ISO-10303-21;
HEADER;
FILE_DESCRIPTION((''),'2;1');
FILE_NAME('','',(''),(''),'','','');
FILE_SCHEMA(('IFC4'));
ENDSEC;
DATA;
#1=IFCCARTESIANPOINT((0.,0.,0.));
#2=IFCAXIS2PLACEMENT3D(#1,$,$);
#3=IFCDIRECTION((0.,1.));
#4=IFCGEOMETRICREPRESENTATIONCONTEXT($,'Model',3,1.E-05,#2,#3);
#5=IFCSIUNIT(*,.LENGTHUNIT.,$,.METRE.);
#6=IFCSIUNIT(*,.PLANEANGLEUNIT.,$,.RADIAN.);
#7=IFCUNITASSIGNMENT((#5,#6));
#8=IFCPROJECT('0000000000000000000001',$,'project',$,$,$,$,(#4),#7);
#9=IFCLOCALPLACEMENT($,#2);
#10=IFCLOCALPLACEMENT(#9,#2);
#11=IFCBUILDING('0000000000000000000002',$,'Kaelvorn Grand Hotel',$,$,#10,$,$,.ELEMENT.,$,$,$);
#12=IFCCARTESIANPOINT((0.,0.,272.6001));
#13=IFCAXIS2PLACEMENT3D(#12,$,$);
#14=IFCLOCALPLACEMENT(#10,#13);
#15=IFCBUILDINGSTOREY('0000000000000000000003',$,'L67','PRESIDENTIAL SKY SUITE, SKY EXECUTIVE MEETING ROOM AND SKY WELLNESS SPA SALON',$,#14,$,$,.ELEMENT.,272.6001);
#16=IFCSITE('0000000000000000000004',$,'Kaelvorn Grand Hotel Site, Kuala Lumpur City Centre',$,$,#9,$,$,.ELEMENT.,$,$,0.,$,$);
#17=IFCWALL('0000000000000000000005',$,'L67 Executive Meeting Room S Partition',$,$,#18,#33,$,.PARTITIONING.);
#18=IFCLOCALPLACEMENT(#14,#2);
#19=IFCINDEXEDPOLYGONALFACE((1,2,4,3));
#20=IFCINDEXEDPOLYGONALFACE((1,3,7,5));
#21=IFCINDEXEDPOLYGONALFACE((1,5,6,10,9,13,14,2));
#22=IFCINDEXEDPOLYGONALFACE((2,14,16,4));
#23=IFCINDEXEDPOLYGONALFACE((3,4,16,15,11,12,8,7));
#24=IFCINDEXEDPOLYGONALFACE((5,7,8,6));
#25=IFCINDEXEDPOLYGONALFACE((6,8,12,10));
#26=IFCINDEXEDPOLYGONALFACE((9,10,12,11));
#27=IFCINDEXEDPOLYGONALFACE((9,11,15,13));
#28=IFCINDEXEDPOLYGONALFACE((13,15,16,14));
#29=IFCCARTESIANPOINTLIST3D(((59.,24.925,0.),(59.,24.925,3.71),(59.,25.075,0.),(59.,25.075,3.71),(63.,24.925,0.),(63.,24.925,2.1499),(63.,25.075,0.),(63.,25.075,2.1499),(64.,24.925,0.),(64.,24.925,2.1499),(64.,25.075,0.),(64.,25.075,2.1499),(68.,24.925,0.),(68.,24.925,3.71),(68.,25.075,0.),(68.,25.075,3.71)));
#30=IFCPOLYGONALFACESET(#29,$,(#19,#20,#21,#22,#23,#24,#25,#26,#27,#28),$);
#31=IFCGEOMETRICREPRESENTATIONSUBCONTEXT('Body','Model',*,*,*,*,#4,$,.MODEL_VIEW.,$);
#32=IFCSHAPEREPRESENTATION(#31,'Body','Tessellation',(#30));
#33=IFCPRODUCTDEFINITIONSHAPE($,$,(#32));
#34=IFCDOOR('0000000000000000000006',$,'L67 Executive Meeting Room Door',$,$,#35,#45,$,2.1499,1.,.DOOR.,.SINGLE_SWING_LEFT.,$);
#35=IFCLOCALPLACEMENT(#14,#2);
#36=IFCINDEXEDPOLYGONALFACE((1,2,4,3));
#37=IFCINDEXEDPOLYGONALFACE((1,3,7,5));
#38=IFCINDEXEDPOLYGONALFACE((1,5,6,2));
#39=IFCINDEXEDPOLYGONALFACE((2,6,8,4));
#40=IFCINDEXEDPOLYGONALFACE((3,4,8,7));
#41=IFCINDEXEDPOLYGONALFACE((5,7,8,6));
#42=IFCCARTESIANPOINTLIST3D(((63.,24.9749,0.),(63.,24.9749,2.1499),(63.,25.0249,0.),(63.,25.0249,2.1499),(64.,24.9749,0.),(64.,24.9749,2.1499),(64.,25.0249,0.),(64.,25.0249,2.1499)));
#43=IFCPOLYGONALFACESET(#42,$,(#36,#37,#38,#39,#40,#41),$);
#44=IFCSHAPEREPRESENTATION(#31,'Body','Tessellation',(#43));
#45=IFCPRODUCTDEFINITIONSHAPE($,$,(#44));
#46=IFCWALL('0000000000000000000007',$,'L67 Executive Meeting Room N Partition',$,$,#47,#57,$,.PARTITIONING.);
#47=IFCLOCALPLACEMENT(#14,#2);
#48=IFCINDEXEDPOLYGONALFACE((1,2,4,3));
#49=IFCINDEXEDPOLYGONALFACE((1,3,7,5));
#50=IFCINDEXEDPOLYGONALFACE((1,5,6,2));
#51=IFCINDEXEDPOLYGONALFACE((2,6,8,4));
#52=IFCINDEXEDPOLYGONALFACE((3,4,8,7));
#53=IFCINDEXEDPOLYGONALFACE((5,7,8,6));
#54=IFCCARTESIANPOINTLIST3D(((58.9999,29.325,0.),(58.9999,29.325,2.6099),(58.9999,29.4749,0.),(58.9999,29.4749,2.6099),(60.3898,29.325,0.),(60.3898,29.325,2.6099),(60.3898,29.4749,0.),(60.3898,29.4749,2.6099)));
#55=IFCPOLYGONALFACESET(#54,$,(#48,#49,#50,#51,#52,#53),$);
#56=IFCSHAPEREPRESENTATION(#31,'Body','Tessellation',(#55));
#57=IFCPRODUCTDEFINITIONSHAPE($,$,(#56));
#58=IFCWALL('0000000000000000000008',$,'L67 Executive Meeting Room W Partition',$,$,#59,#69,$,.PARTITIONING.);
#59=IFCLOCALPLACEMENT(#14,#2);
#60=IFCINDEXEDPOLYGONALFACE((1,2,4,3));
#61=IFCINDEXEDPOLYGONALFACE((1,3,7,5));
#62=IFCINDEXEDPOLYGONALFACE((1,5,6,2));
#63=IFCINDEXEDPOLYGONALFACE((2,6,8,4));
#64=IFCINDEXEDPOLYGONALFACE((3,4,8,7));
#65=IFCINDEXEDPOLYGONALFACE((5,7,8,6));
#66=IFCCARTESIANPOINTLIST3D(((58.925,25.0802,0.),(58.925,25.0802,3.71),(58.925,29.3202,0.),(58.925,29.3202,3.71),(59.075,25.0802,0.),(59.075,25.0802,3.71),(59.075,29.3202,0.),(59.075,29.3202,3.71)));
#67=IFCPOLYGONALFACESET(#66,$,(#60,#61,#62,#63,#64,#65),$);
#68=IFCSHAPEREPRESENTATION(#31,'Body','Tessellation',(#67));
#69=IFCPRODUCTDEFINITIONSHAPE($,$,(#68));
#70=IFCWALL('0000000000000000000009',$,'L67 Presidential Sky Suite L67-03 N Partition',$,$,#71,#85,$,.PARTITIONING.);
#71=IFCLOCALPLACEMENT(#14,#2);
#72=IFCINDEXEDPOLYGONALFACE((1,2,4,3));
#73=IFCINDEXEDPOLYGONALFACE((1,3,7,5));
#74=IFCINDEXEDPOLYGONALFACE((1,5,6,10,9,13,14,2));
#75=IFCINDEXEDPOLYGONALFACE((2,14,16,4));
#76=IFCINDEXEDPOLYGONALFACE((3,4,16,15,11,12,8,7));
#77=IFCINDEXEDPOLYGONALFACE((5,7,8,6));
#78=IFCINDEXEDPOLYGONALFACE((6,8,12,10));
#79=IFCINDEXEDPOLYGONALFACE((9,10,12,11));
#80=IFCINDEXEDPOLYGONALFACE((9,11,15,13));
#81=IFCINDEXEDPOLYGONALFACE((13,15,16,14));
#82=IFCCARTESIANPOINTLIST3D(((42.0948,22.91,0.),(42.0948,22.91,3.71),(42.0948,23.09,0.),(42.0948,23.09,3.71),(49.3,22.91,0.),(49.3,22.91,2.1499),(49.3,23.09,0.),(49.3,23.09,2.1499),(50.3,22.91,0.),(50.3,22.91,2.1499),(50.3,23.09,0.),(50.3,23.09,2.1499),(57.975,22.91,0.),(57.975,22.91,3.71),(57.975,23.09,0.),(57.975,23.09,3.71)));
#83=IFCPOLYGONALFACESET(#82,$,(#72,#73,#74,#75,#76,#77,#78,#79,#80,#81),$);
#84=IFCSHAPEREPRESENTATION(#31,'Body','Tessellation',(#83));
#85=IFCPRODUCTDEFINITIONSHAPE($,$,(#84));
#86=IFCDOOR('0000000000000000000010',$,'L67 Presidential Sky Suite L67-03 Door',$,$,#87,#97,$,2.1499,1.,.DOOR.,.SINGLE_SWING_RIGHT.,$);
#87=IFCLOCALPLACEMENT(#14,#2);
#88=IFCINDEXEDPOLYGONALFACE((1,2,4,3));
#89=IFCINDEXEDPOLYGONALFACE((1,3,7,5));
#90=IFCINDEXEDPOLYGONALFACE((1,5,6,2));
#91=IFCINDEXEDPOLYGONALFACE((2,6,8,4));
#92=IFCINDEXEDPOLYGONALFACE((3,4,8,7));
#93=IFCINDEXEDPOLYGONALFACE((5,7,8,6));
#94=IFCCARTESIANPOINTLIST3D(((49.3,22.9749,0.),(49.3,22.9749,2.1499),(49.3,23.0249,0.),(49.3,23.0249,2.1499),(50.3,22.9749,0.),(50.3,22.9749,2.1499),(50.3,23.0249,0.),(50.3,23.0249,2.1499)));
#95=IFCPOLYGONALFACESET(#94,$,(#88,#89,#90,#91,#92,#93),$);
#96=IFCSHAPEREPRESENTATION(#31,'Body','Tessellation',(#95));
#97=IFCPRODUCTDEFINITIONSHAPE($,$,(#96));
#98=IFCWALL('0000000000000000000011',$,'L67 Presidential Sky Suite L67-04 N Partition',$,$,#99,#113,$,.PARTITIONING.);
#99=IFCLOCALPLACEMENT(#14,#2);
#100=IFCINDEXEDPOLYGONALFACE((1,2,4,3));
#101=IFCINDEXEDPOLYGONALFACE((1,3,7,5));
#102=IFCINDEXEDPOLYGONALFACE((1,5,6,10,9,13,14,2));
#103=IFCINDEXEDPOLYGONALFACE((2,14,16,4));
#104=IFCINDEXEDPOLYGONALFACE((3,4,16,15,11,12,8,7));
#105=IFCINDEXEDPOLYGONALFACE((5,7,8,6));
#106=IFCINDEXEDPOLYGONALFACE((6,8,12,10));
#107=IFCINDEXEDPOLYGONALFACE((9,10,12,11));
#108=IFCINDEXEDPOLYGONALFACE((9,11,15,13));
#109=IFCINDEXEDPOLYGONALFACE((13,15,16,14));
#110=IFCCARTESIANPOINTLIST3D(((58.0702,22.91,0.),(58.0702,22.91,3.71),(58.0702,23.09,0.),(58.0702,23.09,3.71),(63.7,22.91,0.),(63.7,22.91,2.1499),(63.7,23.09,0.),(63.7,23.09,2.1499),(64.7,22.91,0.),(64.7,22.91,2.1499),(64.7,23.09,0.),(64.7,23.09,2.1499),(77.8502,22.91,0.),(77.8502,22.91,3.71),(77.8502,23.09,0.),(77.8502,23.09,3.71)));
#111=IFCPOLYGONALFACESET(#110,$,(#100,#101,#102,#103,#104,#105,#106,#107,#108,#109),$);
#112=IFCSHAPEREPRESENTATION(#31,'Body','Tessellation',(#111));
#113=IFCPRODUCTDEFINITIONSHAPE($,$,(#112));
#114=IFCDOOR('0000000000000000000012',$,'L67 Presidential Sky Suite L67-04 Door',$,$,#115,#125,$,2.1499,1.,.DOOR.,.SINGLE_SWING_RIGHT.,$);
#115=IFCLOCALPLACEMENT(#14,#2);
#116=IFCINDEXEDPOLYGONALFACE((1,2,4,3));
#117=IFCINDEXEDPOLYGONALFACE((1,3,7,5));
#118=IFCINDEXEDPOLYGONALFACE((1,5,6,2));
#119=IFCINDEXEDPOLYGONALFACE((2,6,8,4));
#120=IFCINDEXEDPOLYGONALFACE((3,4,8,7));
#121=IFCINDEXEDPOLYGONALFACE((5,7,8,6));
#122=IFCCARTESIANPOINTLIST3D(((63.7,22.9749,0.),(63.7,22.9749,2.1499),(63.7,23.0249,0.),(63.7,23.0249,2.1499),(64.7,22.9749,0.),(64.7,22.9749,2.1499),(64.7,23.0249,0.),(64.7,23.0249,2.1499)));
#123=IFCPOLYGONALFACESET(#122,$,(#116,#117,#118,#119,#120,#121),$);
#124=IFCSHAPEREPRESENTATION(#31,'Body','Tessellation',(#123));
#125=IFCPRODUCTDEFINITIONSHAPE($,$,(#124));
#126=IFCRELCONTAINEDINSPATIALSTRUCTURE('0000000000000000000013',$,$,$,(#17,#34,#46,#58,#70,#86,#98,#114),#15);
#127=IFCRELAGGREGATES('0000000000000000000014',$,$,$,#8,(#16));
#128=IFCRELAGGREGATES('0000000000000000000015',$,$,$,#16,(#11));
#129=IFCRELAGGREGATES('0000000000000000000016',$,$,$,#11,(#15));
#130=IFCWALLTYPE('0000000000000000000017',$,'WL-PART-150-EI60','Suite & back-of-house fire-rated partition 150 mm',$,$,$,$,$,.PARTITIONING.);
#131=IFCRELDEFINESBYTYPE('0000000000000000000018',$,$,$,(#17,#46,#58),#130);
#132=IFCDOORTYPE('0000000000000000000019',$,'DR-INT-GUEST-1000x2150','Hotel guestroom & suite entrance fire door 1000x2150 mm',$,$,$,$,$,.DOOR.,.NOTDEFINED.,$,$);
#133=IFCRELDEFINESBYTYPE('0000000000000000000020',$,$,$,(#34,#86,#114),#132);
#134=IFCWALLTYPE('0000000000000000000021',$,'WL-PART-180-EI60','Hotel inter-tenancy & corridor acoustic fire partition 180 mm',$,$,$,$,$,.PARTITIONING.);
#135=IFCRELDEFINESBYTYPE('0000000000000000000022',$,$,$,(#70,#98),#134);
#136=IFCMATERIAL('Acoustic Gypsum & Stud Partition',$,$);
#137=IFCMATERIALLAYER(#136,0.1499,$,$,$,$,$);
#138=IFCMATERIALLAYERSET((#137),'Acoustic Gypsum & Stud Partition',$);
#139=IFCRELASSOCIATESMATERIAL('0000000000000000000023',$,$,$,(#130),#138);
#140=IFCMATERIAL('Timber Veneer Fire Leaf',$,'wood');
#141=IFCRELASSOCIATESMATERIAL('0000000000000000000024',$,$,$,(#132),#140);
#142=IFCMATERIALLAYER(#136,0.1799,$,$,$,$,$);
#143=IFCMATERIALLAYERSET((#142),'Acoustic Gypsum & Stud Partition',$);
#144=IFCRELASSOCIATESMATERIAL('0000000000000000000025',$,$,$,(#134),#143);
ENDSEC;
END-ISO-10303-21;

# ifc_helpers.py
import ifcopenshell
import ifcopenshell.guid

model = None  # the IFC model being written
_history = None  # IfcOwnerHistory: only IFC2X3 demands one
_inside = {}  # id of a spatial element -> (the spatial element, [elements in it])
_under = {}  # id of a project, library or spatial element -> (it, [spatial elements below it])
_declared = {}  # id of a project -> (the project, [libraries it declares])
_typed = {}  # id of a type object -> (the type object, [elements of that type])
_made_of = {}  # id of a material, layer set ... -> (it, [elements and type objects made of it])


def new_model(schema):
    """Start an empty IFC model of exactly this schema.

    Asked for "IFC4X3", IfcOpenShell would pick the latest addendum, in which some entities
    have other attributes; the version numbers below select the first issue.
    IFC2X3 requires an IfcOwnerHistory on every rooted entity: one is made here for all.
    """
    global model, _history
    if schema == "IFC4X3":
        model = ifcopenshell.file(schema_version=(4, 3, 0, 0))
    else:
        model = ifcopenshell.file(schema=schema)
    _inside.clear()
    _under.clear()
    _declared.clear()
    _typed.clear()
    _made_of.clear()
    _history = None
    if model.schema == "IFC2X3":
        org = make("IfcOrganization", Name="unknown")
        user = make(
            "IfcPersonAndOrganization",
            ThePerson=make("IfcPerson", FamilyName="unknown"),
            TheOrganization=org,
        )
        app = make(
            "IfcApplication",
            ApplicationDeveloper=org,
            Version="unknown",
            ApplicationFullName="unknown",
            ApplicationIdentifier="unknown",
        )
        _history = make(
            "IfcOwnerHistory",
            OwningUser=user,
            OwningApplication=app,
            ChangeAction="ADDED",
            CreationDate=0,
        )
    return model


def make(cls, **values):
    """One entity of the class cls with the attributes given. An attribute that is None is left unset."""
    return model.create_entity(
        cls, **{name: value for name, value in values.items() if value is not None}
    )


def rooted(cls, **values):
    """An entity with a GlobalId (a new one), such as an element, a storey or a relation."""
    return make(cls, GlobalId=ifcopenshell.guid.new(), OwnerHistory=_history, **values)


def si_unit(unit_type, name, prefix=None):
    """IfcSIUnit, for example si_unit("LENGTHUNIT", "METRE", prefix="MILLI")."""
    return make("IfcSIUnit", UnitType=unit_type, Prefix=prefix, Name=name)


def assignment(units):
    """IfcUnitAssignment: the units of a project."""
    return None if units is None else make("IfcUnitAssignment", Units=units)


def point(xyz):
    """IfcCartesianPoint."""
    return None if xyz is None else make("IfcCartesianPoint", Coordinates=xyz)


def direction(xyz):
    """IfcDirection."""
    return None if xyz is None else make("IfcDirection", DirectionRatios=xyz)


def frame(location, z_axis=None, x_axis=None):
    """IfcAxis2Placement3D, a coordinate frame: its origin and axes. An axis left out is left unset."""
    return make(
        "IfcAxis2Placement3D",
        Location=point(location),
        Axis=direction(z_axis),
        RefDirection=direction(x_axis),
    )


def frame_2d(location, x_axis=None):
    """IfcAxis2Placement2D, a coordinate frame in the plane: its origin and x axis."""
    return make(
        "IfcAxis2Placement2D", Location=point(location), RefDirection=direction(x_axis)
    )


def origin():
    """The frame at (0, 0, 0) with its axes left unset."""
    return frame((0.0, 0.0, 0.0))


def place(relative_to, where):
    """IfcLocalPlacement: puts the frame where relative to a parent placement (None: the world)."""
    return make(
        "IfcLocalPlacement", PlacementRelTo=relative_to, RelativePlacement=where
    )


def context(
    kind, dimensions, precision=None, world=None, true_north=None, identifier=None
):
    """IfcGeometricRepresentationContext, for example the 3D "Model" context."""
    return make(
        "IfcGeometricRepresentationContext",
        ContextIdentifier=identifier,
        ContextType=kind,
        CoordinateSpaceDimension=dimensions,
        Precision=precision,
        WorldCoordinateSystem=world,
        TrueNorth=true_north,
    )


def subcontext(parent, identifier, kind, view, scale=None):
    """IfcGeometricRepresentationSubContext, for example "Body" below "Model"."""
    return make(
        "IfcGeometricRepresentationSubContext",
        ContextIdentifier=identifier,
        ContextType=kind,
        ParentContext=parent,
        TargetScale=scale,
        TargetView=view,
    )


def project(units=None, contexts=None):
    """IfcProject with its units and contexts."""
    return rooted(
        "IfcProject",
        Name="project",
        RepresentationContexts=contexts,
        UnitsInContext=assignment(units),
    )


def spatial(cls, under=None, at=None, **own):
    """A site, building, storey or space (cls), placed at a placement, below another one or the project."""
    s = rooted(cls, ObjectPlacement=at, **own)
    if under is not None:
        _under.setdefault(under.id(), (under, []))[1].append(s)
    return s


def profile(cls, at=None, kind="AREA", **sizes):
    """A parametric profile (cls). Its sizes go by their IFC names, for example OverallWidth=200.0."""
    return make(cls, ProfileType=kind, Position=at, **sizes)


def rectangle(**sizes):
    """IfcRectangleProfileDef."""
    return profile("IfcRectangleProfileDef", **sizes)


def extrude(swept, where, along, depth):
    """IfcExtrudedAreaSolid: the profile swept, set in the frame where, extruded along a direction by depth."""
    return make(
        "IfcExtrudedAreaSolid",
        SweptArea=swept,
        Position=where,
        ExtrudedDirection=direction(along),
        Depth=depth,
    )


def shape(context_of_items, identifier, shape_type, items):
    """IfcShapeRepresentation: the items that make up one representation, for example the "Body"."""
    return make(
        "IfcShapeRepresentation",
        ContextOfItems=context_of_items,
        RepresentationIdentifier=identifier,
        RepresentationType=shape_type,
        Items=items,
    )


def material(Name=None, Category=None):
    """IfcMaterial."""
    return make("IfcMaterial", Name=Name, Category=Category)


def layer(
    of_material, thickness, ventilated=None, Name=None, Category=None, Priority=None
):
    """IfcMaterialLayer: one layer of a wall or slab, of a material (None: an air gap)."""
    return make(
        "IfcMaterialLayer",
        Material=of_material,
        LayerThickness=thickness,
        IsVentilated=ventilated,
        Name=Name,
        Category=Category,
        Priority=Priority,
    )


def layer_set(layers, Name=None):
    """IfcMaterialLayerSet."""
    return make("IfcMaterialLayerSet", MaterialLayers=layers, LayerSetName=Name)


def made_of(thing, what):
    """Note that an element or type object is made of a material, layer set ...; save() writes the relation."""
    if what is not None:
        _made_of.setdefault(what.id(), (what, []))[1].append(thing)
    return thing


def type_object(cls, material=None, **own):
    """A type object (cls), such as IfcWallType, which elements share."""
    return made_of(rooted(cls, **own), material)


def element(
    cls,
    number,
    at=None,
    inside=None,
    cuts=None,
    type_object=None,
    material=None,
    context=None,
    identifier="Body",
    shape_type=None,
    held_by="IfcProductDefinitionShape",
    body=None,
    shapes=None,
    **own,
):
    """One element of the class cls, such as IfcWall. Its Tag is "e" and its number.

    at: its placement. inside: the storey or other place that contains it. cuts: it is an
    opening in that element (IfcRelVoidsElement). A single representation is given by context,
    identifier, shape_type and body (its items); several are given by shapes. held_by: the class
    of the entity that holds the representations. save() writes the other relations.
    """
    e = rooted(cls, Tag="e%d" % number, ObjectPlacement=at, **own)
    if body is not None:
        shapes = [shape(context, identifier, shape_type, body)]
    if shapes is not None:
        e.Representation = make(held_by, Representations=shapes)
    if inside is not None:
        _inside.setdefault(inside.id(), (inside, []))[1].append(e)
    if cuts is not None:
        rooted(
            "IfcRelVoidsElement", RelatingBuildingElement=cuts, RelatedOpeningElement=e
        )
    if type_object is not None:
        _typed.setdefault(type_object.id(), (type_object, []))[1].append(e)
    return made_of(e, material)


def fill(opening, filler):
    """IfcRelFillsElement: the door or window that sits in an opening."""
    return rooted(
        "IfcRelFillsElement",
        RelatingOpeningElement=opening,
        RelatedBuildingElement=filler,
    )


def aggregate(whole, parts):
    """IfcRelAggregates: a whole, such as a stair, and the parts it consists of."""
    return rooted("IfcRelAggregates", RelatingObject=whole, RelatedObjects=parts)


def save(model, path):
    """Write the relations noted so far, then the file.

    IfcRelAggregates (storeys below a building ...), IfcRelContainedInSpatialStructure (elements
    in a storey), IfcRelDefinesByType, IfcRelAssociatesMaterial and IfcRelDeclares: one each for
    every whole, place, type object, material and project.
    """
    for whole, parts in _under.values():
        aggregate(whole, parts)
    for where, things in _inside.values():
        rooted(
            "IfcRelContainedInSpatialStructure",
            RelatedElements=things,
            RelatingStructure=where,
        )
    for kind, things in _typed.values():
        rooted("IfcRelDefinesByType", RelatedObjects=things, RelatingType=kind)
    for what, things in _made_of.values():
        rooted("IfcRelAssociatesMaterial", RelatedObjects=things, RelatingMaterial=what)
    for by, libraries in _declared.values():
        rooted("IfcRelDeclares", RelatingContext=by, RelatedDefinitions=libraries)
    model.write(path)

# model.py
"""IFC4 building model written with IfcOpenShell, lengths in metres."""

from ifc_helpers import new_model, si_unit, direction, frame, frame_2d, origin, place, context, subcontext, project, spatial, rectangle, extrude, material, layer, layer_set, type_object, element, fill, save


model = new_model("IFC4")

# Units and contexts
model_context = context("Model", 3, precision=1e-05, world=origin(), true_north=direction((0.0, 1.0)))
body_context = subcontext(model_context, "Body", "Model", "MODEL_VIEW")
ifc_project = project(units=[si_unit("LENGTHUNIT", "METRE"), si_unit("PLANEANGLEUNIT", "RADIAN")], contexts=[model_context])

# Site, building, storey
site_placement = place(None, origin())
site = spatial("IfcSite", under=ifc_project, at=site_placement, Name="Kaelvorn Grand Hotel Site, Kuala Lumpur City Centre", CompositionType="ELEMENT", RefElevation=0.0)
building_placement = place(site_placement, origin())
building = spatial("IfcBuilding", under=site, at=building_placement, Name="Kaelvorn Grand Hotel", CompositionType="ELEMENT")
storey_placement = place(building_placement, frame((0.0, 0.0, 272.6001)))
storey = spatial("IfcBuildingStorey", under=building, at=storey_placement, Name="L67", Description="PRESIDENTIAL SKY SUITE, SKY EXECUTIVE MEETING ROOM AND SKY WELLNESS SPA SALON", CompositionType="ELEMENT", Elevation=272.6001)

# Shared definitions
ifc_material_1 = material(Name="Acoustic Gypsum & Stud Partition")
ifc_layer_1 = layer(ifc_material_1, 0.1499)
ifc_layer_set_1 = layer_set([ifc_layer_1], Name="Acoustic Gypsum & Stud Partition")
wall_type_1 = type_object("IfcWallType", Name="WL-PART-150-EI60", Description="Suite & back-of-house fire-rated partition 150 mm", PredefinedType="PARTITIONING", material=ifc_layer_set_1)

# Shared definitions
ifc_material_2 = material(Name="Timber Veneer Fire Leaf", Category="wood")
door_type_1 = type_object("IfcDoorType", Name="DR-INT-GUEST-1000x2150", Description="Hotel guestroom & suite entrance fire door 1000x2150 mm", OperationType="NOTDEFINED", PredefinedType="DOOR", material=ifc_material_2)

# Wall, opening, door
wall_1_placement = place(storey_placement, frame((59.0, 25.0, 0.0), z_axis=(0.0, 0.0, 1.0), x_axis=(1.0, 0.0, 0.0)))
wall_1 = element("IfcWall", 1, at=wall_1_placement, inside=storey, type_object=wall_type_1, Name="L67 Executive Meeting Room S Partition", PredefinedType="PARTITIONING", context=body_context, shape_type="SweptSolid", body=[
    extrude(rectangle(XDim=9.0, YDim=0.1499, at=frame_2d((4.5, 0.0))), origin(), (0.0, 0.0, 1.0), 3.71),
])
opening_1_placement = place(wall_1_placement, frame((4.0, 0.0, 0.0)))
opening_1 = element("IfcOpeningElement", 2, at=opening_1_placement, cuts=wall_1, PredefinedType="OPENING", context=body_context, shape_type="SweptSolid", body=[
    extrude(rectangle(XDim=1.0, YDim=2.1499, at=frame_2d((0.5, 1.075))), frame((0.0, 0.085, 0.0), z_axis=(0.0, -1.0, 0.0), x_axis=(1.0, 0.0, 0.0)), (0.0, 0.0, 1.0), 0.1699),
])
door_1_placement = place(opening_1_placement, origin())
door_1 = element("IfcDoor", 3, at=door_1_placement, inside=storey, type_object=door_type_1, Name="L67 Executive Meeting Room Door", OperationType="SINGLE_SWING_LEFT", OverallHeight=2.1499, OverallWidth=1.0, PredefinedType="DOOR", context=body_context, shape_type="SweptSolid", body=[
    extrude(rectangle(XDim=1.0, YDim=2.1499, at=frame_2d((0.5, 1.075))), frame((0.0, 0.0249, 0.0), z_axis=(0.0, -1.0, 0.0), x_axis=(1.0, 0.0, 0.0)), (0.0, 0.0, 1.0), 0.05),
])
fill(opening_1, door_1)

# Walls
wall_2_placement = place(storey_placement, frame((59.0, 29.3999, 0.0), z_axis=(0.0, 0.0, 1.0), x_axis=(1.0, 0.0, 0.0)))
element("IfcWall", 4, at=wall_2_placement, inside=storey, type_object=wall_type_1, Name="L67 Executive Meeting Room N Partition", PredefinedType="PARTITIONING", context=body_context, shape_type="SweptSolid", body=[
    extrude(rectangle(XDim=1.3899, YDim=0.1499, at=frame_2d((0.6948, 0.0))), origin(), (0.0, 0.0, 1.0), 2.6099),
])
wall_3_placement = place(storey_placement, frame((59.0, 25.0801, 0.0), z_axis=(0.0, 0.0, 1.0), x_axis=(0.0, 1.0, 0.0)))
element("IfcWall", 5, at=wall_3_placement, inside=storey, type_object=wall_type_1, Name="L67 Executive Meeting Room W Partition", PredefinedType="PARTITIONING", context=body_context, shape_type="SweptSolid", body=[
    extrude(rectangle(XDim=4.24, YDim=0.1499, at=frame_2d((2.1201, 0.0))), origin(), (0.0, 0.0, 1.0), 3.71),
])

# Walls, openings, doors
ifc_layer_2 = layer(ifc_material_1, 0.1799)
ifc_layer_set_2 = layer_set([ifc_layer_2], Name="Acoustic Gypsum & Stud Partition")
wall_type_2 = type_object("IfcWallType", Name="WL-PART-180-EI60", Description="Hotel inter-tenancy & corridor acoustic fire partition 180 mm", PredefinedType="PARTITIONING", material=ifc_layer_set_2)
wall_4_placement = place(storey_placement, frame((42.095, 23.0, 0.0), z_axis=(0.0, 0.0, 1.0), x_axis=(1.0, 0.0, 0.0)))
wall_4 = element("IfcWall", 6, at=wall_4_placement, inside=storey, type_object=wall_type_2, Name="L67 Presidential Sky Suite L67-03 N Partition", PredefinedType="PARTITIONING", context=body_context, shape_type="SweptSolid", body=[
    extrude(rectangle(XDim=15.8801, YDim=0.1799, at=frame_2d((7.9399, 0.0))), origin(), (0.0, 0.0, 1.0), 3.71),
])
opening_2_placement = place(wall_4_placement, frame((7.2051, 0.0, 0.0)))
opening_2 = element("IfcOpeningElement", 7, at=opening_2_placement, cuts=wall_4, PredefinedType="OPENING", context=body_context, shape_type="SweptSolid", body=[
    extrude(rectangle(XDim=1.0, YDim=2.1499, at=frame_2d((0.5, 1.075))), frame((0.0, 0.1001, 0.0), z_axis=(0.0, -1.0, 0.0), x_axis=(1.0, 0.0, 0.0)), (0.0, 0.0, 1.0), 0.2),
])
door_2_placement = place(opening_2_placement, origin())
door_2 = element("IfcDoor", 8, at=door_2_placement, inside=storey, type_object=door_type_1, Name="L67 Presidential Sky Suite L67-03 Door", OperationType="SINGLE_SWING_RIGHT", OverallHeight=2.1499, OverallWidth=1.0, PredefinedType="DOOR", context=body_context, shape_type="SweptSolid", body=[
    extrude(rectangle(XDim=1.0, YDim=2.1499, at=frame_2d((0.5, 1.075))), frame((0.0, 0.0249, 0.0), z_axis=(0.0, -1.0, 0.0), x_axis=(1.0, 0.0, 0.0)), (0.0, 0.0, 1.0), 0.05),
])
fill(opening_2, door_2)
wall_5_placement = place(storey_placement, frame((58.0701, 23.0, 0.0), z_axis=(0.0, 0.0, 1.0), x_axis=(1.0, 0.0, 0.0)))
wall_5 = element("IfcWall", 9, at=wall_5_placement, inside=storey, type_object=wall_type_2, Name="L67 Presidential Sky Suite L67-04 N Partition", PredefinedType="PARTITIONING", context=body_context, shape_type="SweptSolid", body=[
    extrude(rectangle(XDim=19.78, YDim=0.1799, at=frame_2d((9.8901, 0.0))), origin(), (0.0, 0.0, 1.0), 3.71),
])
opening_3_placement = place(wall_5_placement, frame((5.6299, 0.0, 0.0)))
opening_3 = element("IfcOpeningElement", 10, at=opening_3_placement, cuts=wall_5, PredefinedType="OPENING", context=body_context, shape_type="SweptSolid", body=[
    extrude(rectangle(XDim=1.0, YDim=2.1499, at=frame_2d((0.5, 1.075))), frame((0.0, 0.1001, 0.0), z_axis=(0.0, -1.0, 0.0), x_axis=(1.0, 0.0, 0.0)), (0.0, 0.0, 1.0), 0.2),
])
door_3_placement = place(opening_3_placement, origin())
door_3 = element("IfcDoor", 11, at=door_3_placement, inside=storey, type_object=door_type_1, Name="L67 Presidential Sky Suite L67-04 Door", OperationType="SINGLE_SWING_RIGHT", OverallHeight=2.1499, OverallWidth=1.0, PredefinedType="DOOR", context=body_context, shape_type="SweptSolid", body=[
    extrude(rectangle(XDim=1.0, YDim=2.1499, at=frame_2d((0.5, 1.075))), frame((0.0, 0.0249, 0.0), z_axis=(0.0, -1.0, 0.0), x_axis=(1.0, 0.0, 0.0)), (0.0, 0.0, 1.0), 0.05),
])
fill(opening_3, door_3)

save(model, "model.ifc")
